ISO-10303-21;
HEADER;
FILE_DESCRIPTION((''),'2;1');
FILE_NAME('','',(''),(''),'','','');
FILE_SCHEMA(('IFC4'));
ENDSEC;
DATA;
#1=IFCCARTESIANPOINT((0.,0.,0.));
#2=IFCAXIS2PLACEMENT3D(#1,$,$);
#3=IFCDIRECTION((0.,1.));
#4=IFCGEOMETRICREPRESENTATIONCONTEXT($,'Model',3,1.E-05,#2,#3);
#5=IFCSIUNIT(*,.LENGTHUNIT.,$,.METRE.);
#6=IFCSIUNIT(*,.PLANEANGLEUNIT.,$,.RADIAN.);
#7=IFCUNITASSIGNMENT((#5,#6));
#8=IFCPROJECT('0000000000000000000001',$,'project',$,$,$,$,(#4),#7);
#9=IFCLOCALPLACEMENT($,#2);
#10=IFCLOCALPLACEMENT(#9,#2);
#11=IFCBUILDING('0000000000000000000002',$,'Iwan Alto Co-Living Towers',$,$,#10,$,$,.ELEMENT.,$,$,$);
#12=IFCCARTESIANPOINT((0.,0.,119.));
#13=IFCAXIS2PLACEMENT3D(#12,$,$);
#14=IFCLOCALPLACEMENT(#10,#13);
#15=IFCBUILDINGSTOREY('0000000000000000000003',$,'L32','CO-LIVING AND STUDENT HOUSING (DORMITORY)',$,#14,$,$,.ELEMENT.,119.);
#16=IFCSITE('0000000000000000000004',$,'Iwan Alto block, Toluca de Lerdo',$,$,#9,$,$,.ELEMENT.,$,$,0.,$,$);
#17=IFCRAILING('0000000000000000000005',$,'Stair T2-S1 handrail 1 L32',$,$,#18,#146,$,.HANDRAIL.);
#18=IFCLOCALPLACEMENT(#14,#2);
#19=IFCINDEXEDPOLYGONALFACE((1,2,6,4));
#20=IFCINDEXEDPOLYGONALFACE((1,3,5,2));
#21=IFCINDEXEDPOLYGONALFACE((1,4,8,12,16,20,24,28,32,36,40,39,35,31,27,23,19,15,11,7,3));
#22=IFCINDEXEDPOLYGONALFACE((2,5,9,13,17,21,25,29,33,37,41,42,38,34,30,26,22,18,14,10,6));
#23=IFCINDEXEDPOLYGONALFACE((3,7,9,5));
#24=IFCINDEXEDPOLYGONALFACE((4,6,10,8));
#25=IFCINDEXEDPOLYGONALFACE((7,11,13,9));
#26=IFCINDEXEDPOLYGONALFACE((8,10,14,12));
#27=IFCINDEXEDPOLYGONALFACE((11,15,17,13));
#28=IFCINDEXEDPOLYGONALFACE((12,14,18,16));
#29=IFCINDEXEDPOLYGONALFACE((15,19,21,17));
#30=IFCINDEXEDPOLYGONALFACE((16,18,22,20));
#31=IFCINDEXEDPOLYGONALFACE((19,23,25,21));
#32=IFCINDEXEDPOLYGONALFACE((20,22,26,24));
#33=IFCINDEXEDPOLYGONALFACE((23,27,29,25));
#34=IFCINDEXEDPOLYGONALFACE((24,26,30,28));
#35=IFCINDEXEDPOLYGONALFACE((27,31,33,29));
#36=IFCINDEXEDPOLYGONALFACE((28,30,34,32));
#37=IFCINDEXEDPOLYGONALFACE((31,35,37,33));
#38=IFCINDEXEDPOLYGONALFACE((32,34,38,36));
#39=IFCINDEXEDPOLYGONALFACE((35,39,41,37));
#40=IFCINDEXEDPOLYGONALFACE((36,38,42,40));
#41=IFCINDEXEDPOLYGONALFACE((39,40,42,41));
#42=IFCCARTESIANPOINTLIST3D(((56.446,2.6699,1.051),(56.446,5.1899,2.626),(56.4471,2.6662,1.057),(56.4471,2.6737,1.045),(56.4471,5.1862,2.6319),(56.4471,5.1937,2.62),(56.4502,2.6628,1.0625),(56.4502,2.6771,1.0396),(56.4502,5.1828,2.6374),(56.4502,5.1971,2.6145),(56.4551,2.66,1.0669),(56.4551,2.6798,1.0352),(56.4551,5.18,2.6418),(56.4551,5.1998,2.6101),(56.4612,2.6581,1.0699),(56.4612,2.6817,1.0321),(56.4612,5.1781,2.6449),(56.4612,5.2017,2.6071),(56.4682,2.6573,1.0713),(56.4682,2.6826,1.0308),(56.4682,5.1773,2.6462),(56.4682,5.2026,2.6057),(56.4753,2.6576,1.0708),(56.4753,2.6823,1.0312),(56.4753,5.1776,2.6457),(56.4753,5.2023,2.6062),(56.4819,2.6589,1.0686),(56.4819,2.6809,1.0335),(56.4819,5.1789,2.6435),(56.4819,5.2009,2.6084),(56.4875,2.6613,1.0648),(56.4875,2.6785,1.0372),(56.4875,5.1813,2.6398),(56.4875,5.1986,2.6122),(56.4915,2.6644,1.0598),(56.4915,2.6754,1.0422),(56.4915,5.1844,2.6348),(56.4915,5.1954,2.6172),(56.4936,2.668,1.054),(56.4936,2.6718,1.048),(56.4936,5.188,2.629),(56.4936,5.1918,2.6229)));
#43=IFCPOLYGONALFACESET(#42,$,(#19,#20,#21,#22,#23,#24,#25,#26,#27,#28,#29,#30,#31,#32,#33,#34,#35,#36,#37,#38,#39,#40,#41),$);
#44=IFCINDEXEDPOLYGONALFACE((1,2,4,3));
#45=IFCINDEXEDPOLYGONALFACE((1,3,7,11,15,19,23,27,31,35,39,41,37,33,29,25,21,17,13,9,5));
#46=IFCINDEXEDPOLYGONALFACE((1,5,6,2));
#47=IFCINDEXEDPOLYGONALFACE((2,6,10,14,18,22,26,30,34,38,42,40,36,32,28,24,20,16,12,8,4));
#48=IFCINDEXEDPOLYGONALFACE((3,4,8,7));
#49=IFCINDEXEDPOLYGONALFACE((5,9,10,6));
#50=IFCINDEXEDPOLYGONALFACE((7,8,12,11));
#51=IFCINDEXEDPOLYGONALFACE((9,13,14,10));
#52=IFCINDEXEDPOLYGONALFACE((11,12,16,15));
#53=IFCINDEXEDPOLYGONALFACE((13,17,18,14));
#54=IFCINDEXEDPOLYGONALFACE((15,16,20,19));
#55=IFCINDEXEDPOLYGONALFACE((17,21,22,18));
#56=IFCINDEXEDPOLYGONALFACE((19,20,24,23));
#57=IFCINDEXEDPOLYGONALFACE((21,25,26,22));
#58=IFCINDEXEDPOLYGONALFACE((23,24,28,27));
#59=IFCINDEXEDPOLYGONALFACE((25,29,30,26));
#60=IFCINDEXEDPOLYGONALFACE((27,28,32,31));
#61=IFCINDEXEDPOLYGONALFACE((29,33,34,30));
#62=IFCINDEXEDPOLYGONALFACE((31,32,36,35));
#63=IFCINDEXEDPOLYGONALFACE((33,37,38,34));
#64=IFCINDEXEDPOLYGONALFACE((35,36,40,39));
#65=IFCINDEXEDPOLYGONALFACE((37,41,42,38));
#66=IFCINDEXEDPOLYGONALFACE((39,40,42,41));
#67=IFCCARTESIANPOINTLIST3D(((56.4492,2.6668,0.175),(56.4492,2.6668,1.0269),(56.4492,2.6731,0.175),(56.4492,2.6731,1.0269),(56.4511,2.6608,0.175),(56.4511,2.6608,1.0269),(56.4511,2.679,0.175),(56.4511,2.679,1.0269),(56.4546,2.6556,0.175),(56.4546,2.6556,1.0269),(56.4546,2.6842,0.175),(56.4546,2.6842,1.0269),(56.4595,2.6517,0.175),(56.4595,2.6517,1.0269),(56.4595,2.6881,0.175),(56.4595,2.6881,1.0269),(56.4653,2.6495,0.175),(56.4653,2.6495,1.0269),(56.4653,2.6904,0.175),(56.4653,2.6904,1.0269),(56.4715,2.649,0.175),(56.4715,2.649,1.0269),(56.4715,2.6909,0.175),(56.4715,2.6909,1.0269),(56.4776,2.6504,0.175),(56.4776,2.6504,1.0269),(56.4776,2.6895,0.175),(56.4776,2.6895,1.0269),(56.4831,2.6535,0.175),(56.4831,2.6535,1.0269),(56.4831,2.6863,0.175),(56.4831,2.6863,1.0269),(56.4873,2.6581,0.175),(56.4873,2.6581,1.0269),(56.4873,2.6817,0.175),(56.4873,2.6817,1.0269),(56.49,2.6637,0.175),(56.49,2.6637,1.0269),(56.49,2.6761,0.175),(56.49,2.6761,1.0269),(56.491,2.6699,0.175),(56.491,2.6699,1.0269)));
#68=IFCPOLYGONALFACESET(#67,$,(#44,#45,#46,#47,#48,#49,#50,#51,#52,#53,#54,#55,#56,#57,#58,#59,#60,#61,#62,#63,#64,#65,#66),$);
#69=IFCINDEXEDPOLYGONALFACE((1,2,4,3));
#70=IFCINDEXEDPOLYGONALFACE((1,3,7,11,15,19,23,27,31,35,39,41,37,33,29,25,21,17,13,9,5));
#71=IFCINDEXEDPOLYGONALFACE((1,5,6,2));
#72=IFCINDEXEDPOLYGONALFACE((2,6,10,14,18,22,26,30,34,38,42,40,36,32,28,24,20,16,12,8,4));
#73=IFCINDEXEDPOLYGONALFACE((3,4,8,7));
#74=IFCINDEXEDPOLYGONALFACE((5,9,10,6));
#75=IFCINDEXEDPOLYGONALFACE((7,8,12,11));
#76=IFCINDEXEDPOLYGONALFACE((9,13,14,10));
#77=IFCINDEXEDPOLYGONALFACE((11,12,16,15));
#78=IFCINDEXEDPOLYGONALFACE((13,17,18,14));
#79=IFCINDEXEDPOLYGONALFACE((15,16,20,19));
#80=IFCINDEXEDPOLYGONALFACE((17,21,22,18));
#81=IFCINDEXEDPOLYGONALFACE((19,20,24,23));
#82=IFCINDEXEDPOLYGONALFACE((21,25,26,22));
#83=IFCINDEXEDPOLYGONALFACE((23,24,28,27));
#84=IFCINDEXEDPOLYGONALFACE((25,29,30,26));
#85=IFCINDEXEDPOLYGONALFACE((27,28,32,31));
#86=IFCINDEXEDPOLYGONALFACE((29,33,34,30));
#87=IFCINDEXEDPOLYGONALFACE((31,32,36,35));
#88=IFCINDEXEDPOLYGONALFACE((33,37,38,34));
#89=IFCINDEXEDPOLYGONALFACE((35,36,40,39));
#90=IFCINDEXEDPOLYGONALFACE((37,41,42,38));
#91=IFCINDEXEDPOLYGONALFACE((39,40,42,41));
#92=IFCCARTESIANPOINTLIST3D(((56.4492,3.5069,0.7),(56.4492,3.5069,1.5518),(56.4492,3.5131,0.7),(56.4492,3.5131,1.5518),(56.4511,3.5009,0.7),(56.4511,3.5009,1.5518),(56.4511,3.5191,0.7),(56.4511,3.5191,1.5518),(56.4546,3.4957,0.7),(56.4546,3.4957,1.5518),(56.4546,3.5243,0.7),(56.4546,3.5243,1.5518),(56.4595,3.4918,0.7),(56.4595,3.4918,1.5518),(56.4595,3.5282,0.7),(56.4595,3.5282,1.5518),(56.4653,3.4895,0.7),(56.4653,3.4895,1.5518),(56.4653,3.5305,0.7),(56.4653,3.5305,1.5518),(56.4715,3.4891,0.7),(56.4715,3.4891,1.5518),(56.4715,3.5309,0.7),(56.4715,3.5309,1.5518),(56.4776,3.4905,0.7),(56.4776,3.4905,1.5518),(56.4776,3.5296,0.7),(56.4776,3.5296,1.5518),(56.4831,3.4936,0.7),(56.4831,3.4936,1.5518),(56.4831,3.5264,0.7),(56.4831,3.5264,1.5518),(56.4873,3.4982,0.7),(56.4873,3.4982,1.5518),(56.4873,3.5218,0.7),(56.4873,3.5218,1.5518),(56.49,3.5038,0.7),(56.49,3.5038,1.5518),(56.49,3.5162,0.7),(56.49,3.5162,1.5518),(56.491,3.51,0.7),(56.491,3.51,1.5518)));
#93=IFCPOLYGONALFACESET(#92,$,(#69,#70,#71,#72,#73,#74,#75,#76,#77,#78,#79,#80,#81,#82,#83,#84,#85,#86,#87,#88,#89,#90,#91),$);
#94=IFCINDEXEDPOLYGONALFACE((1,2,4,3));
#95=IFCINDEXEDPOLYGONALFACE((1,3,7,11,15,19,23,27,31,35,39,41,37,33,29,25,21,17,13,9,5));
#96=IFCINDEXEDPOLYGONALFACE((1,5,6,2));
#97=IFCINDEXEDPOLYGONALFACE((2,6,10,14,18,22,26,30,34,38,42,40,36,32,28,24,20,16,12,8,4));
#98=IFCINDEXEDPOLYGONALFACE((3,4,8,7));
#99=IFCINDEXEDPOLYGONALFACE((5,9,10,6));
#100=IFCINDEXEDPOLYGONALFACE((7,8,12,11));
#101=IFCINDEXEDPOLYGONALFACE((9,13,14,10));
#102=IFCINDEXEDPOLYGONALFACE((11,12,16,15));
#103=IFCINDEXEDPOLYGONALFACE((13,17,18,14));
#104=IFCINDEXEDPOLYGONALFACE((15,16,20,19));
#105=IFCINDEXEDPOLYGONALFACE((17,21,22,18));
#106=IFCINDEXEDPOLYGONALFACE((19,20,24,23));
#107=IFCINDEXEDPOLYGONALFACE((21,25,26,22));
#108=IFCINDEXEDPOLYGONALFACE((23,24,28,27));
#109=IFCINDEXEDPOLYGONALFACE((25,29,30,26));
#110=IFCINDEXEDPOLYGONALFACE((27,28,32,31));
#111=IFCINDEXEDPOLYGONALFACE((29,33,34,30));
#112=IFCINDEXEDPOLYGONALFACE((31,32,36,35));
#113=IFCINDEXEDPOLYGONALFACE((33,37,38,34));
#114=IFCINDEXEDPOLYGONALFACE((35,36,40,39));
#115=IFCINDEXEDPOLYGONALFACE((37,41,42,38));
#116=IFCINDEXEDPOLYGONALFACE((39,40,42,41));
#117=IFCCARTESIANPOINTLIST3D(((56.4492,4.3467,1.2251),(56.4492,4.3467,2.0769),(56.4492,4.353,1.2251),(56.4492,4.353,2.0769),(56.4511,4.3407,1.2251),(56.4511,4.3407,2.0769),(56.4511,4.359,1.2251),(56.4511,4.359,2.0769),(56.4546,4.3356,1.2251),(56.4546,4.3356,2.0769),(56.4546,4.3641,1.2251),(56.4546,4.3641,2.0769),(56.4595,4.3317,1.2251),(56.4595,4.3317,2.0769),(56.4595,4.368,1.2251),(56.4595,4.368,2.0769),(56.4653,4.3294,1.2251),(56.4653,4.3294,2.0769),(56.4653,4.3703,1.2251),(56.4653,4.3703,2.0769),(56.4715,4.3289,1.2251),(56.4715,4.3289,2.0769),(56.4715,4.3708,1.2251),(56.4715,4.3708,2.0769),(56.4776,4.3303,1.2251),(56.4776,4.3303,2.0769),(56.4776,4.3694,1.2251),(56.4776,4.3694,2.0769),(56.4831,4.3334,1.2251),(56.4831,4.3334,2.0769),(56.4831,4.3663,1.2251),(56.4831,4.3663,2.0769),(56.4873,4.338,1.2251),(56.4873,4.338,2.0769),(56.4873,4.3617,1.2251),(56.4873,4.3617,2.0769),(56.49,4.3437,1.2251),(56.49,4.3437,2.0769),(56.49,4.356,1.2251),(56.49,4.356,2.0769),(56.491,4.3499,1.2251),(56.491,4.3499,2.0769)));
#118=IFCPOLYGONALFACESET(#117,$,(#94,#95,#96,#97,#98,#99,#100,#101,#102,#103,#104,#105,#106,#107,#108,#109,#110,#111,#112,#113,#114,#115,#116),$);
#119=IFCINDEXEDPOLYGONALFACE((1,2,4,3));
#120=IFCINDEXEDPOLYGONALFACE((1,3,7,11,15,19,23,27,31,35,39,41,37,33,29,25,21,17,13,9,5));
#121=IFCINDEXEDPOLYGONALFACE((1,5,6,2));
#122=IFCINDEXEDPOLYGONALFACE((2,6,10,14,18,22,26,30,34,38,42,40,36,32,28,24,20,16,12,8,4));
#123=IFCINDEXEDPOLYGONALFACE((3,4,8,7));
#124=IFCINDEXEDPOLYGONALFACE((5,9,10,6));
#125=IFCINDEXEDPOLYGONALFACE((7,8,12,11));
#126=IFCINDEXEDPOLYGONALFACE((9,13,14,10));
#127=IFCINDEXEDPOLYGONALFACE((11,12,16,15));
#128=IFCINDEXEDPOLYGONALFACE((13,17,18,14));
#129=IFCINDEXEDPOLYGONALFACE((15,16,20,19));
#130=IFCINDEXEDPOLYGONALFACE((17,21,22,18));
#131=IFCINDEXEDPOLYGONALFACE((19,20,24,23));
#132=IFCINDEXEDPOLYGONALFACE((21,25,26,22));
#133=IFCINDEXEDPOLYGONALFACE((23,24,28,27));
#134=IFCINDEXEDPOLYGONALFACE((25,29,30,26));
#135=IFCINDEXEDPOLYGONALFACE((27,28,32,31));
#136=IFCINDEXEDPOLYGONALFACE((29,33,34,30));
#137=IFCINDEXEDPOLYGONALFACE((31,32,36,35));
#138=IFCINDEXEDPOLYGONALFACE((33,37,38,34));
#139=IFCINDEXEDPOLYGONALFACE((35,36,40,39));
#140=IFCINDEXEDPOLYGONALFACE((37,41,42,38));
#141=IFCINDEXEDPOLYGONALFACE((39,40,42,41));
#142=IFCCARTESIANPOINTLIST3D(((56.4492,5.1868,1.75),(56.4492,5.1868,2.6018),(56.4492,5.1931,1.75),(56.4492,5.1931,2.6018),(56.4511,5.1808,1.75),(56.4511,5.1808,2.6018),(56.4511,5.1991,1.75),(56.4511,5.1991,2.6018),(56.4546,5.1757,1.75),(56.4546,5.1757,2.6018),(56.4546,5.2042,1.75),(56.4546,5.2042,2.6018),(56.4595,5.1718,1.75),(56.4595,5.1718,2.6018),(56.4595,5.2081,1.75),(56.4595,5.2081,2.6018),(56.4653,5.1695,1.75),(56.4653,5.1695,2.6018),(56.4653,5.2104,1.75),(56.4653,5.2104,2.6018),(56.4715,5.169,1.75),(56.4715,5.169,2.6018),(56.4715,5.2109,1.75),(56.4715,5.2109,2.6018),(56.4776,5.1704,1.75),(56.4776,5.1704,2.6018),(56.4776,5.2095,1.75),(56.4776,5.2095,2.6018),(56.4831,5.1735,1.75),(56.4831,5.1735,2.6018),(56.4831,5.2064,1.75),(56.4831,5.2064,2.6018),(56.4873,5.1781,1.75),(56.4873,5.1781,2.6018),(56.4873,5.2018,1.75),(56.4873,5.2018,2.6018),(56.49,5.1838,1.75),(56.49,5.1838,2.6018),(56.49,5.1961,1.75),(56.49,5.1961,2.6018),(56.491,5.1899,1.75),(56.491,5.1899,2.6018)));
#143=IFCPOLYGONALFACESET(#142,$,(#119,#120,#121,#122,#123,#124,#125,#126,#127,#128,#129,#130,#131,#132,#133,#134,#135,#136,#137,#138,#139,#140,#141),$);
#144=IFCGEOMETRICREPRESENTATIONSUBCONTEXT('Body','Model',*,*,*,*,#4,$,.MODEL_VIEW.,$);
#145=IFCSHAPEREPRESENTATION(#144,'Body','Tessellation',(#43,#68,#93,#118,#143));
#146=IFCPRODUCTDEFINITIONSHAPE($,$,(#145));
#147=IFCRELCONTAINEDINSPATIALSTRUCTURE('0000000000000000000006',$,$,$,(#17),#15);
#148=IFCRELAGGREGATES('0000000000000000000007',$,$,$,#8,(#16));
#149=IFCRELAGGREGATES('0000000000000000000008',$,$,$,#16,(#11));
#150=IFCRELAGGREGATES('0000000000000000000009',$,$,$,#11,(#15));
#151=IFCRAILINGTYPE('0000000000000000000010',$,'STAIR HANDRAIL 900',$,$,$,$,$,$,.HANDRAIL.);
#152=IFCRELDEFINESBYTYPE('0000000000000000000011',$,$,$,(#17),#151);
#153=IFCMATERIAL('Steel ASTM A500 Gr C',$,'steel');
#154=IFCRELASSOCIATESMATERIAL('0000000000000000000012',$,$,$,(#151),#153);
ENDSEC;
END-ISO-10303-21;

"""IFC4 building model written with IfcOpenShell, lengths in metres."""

from ifc_helpers import new_model, si_unit, direction, frame, origin, origin_2d, place, context, subcontext, project, spatial, circle, extrude, material, type_object, element, save


model = new_model("IFC4")

# Units and contexts
model_context = context("Model", 3, precision=1e-05, world=origin(), true_north=direction((0.0, 1.0)))
body_context = subcontext(model_context, "Body", "Model", "MODEL_VIEW")
ifc_project = project(units=[si_unit("LENGTHUNIT", "METRE"), si_unit("PLANEANGLEUNIT", "RADIAN")], contexts=[model_context])

# Site, building, storey
site_placement = place(None, origin())
site = spatial("IfcSite", under=ifc_project, at=site_placement, Name="Iwan Alto block, Toluca de Lerdo", CompositionType="ELEMENT", RefElevation=0.0)
building_placement = place(site_placement, origin())
building = spatial("IfcBuilding", under=site, at=building_placement, Name="Iwan Alto Co-Living Towers", CompositionType="ELEMENT")
storey_placement = place(building_placement, frame((0.0, 0.0, 119.0)))
storey = spatial("IfcBuildingStorey", under=building, at=storey_placement, Name="L32", Description="CO-LIVING AND STUDENT HOUSING (DORMITORY)", CompositionType="ELEMENT", Elevation=119.0)

# Railing
ifc_material_1 = material(Name="Steel ASTM A500 Gr C", Category="steel")
railing_type = type_object("IfcRailingType", Name="STAIR HANDRAIL 900", PredefinedType="HANDRAIL", material=ifc_material_1)
railing_placement = place(storey_placement, frame((56.47, 2.6699, 0.175)))
element("IfcRailing", 1, at=railing_placement, inside=storey, type_object=railing_type, Name="Stair T2-S1 handrail 1 L32", PredefinedType="HANDRAIL", context=body_context, shape_type="SweptSolid", body=[
    extrude(circle(Radius=0.0239, at=origin_2d()), frame((0.0, 0.0, 0.876), z_axis=(0.0, 0.848008, 0.529984), x_axis=(-1.0, 0.0, 0.0)), (0.0, 0.0, 1.0), 2.9717),
    extrude(circle(Radius=0.021, at=origin_2d()), origin(), (0.0, 0.0, 1.0), 0.8518),
    extrude(circle(Radius=0.021, at=origin_2d()), frame((0.0, 0.8401, 0.5249)), (0.0, 0.0, 1.0), 0.8518),
    extrude(circle(Radius=0.021, at=origin_2d()), frame((0.0, 1.6799, 1.05)), (0.0, 0.0, 1.0), 0.8518),
    extrude(circle(Radius=0.021, at=origin_2d()), frame((0.0, 2.52, 1.575)), (0.0, 0.0, 1.0), 0.8518),
])

save(model, "model.ifc")
